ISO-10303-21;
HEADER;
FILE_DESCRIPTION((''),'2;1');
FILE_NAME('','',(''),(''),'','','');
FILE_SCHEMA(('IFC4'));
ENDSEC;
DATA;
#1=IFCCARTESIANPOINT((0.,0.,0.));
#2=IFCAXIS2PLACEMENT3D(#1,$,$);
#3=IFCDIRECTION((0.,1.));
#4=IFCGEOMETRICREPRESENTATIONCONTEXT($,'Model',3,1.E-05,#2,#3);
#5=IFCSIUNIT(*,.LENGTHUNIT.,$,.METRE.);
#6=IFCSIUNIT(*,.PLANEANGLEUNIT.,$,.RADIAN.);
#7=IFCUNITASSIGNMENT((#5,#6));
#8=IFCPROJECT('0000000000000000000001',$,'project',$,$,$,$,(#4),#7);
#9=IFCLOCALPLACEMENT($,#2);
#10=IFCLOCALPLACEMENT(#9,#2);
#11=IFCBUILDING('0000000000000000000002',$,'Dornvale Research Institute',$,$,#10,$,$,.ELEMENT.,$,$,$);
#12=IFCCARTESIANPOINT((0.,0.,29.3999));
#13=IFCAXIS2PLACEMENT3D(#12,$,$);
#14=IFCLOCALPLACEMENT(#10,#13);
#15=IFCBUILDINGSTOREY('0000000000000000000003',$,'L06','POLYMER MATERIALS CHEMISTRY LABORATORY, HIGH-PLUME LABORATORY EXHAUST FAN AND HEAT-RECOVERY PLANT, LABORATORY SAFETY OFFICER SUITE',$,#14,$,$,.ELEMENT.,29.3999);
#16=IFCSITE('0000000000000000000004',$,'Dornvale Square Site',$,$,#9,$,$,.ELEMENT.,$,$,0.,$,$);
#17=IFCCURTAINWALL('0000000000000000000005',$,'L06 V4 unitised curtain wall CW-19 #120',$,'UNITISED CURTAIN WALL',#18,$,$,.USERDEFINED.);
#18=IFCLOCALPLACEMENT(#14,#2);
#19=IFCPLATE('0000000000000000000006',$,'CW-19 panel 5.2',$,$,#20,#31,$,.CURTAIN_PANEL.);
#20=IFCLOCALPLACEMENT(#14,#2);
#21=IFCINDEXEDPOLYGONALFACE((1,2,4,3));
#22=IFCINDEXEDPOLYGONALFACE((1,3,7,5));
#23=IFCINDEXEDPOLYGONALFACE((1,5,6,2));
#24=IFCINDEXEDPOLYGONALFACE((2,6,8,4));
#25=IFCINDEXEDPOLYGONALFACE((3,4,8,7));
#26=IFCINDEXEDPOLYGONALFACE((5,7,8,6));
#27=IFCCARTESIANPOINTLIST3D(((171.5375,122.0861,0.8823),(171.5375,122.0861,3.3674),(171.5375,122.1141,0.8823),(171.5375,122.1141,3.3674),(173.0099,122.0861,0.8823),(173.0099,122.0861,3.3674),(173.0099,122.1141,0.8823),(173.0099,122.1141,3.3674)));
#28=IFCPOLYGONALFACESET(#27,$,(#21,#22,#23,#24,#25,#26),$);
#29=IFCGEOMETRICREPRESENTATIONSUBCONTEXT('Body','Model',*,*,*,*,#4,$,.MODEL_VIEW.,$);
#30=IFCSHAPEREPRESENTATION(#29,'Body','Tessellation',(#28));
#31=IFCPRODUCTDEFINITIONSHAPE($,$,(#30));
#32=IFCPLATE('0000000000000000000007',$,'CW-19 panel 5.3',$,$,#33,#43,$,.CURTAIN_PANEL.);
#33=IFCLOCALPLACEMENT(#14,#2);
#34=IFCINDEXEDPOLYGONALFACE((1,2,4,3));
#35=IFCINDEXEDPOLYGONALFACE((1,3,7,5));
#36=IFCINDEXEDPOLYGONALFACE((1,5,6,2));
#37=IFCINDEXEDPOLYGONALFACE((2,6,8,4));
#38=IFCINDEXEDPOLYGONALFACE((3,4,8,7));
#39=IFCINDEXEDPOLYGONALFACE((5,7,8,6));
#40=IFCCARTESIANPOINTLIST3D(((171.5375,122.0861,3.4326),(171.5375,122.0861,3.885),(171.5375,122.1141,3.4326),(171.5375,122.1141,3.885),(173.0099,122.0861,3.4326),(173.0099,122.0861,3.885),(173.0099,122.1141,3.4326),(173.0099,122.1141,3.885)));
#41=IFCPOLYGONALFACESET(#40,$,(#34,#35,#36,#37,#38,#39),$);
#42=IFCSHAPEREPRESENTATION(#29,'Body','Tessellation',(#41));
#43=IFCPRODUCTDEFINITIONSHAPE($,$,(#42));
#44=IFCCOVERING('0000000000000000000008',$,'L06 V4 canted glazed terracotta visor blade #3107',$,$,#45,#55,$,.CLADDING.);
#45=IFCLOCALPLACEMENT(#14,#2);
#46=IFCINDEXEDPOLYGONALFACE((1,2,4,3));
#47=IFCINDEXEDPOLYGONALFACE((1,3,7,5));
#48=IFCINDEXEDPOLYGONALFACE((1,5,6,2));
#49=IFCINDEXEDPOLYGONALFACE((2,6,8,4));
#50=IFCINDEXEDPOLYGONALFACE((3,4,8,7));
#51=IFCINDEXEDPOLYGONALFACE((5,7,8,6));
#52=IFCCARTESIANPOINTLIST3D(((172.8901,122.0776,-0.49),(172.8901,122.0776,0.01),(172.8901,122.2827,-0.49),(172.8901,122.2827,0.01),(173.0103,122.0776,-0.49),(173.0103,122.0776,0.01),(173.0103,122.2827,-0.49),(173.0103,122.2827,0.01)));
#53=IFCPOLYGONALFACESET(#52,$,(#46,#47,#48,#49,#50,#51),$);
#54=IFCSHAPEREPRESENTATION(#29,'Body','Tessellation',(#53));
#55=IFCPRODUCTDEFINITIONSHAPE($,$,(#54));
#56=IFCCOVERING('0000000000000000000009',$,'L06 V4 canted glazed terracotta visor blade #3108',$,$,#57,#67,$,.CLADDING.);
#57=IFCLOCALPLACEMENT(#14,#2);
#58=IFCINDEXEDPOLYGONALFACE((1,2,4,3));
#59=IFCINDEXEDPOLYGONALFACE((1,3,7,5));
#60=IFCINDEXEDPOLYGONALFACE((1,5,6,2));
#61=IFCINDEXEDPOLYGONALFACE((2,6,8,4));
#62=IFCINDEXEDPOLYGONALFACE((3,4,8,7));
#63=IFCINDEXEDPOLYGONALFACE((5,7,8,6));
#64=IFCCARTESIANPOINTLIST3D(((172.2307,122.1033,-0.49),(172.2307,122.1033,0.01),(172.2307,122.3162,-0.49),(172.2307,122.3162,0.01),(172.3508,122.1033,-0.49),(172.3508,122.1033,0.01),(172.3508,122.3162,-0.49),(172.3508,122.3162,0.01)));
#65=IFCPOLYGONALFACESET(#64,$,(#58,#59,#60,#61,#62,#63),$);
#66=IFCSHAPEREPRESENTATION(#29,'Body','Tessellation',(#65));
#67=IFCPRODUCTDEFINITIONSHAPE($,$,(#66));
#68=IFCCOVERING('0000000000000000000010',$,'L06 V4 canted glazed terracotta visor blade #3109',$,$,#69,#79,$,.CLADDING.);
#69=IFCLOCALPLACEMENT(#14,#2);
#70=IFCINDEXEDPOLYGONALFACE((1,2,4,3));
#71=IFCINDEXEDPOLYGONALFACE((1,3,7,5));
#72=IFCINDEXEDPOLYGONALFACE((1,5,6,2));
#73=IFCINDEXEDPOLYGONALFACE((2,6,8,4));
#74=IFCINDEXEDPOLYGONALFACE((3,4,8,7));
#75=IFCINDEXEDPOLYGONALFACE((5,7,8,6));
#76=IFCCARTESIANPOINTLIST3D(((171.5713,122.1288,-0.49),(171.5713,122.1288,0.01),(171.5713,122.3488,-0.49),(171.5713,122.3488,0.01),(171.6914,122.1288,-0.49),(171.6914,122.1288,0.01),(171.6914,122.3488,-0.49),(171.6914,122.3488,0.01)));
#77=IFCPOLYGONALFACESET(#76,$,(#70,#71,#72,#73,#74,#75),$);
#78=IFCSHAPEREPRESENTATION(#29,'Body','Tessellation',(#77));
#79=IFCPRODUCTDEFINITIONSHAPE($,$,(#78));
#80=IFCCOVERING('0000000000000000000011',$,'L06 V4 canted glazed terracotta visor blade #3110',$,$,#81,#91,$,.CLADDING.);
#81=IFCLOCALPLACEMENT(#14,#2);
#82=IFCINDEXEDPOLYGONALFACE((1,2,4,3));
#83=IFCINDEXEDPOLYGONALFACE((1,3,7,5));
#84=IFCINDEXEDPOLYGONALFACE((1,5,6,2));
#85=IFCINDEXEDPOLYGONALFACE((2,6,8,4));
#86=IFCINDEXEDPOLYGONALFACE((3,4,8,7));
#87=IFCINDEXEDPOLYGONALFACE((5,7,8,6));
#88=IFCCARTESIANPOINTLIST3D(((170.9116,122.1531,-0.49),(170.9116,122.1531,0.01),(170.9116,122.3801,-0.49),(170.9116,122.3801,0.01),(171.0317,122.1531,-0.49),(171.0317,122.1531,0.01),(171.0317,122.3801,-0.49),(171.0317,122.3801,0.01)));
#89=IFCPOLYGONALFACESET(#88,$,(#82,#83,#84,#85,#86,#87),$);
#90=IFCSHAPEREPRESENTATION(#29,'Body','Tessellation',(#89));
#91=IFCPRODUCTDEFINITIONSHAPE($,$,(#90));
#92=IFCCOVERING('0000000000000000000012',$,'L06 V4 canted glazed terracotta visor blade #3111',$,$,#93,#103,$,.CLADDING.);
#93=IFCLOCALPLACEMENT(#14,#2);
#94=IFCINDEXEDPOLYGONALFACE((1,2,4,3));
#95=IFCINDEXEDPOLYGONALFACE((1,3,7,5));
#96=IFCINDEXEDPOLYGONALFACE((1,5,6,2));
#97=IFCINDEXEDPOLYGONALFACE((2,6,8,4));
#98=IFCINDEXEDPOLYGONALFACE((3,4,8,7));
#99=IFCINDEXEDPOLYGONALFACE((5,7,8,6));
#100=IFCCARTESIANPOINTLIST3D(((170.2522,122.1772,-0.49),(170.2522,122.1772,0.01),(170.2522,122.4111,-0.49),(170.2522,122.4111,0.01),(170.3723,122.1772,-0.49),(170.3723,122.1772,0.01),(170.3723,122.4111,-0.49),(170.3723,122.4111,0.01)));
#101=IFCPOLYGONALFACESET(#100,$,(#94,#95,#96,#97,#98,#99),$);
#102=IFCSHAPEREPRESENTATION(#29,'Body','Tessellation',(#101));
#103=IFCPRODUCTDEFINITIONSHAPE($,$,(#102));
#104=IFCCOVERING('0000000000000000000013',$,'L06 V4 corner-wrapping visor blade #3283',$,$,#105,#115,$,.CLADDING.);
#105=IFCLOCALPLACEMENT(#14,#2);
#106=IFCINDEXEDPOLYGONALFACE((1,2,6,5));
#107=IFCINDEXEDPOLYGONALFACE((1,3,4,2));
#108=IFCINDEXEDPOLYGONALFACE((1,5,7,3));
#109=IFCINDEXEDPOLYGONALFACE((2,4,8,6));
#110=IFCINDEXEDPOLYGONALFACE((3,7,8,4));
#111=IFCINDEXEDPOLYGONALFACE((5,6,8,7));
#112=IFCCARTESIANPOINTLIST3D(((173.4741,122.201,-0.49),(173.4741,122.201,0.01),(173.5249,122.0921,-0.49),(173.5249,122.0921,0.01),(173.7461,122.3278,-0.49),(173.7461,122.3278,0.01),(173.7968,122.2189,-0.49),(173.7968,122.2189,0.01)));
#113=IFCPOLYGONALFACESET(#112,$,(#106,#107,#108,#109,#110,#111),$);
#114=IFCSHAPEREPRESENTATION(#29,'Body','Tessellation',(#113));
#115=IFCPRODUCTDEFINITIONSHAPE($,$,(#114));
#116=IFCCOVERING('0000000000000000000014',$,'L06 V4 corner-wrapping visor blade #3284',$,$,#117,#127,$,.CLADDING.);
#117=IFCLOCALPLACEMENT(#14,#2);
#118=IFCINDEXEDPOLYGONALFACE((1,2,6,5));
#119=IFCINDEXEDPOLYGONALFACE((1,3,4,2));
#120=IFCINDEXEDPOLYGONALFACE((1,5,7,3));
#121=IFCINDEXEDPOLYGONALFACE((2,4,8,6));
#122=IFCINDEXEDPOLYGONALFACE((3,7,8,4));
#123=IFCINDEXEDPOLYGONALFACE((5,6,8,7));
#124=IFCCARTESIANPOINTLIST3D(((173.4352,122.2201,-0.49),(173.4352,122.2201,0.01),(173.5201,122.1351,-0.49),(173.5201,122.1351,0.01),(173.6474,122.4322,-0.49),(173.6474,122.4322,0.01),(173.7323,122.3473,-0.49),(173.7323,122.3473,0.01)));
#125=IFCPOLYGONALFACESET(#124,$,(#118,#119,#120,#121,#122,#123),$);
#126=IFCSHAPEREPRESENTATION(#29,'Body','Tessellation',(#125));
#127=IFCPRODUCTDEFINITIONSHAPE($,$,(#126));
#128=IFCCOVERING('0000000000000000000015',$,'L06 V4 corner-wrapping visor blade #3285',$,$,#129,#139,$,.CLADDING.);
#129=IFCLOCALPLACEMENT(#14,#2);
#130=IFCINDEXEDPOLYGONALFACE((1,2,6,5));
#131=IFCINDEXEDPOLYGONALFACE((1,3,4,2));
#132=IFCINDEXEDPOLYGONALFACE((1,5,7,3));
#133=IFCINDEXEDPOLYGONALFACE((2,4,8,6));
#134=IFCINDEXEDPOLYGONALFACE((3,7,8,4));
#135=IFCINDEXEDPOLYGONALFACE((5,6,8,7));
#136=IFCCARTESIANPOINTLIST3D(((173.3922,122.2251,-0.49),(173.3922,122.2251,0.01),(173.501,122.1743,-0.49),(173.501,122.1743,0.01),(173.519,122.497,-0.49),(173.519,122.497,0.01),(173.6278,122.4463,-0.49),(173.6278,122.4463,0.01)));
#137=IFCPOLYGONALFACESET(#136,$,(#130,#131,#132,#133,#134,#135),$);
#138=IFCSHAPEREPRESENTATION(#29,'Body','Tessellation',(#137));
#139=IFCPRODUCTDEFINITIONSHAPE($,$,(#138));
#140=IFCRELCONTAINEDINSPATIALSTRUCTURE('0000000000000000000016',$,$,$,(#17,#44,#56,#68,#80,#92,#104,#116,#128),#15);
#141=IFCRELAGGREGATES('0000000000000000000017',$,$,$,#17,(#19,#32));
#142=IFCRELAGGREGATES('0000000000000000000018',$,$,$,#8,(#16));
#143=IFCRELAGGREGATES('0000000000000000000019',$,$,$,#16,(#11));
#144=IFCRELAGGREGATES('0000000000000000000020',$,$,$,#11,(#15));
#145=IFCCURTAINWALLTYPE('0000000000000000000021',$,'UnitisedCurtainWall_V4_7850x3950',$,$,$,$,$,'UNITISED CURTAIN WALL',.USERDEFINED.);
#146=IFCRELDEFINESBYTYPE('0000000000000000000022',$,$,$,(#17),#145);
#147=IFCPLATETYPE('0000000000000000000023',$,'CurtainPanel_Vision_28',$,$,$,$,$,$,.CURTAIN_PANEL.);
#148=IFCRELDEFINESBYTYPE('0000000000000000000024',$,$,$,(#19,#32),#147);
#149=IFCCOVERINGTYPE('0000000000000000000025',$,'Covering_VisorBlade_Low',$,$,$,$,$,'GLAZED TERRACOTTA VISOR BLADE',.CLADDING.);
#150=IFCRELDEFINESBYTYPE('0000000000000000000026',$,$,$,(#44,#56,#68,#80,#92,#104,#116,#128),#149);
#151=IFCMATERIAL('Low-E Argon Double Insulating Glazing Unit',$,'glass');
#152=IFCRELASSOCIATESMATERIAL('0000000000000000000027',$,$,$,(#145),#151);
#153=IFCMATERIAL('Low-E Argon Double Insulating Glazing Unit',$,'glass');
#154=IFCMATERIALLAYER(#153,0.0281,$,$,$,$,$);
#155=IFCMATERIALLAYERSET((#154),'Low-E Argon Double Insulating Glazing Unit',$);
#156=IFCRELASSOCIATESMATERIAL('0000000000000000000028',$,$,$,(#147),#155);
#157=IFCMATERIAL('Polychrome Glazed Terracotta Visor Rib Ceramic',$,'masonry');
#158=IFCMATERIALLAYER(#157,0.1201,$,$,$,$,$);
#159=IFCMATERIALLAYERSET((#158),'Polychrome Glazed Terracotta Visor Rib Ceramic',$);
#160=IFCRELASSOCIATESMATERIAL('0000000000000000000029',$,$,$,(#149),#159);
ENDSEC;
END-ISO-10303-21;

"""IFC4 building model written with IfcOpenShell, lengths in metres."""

from ifc_helpers import new_model, si_unit, direction, frame, origin, origin_2d, place, context, subcontext, project, spatial, rectangle, extrude, material, layer, layer_set, type_object, element, aggregate, save


model = new_model("IFC4")

# Units and contexts
model_context = context("Model", 3, precision=1e-05, world=origin(), true_north=direction((0.0, 1.0)))
body_context = subcontext(model_context, "Body", "Model", "MODEL_VIEW")
ifc_project = project(units=[si_unit("LENGTHUNIT", "METRE"), si_unit("PLANEANGLEUNIT", "RADIAN")], contexts=[model_context])

# Site, building, storey
site_placement = place(None, origin())
site = spatial("IfcSite", under=ifc_project, at=site_placement, Name="Dornvale Square Site", CompositionType="ELEMENT", RefElevation=0.0)
building_placement = place(site_placement, origin())
building = spatial("IfcBuilding", under=site, at=building_placement, Name="Dornvale Research Institute", CompositionType="ELEMENT")
storey_placement = place(building_placement, frame((0.0, 0.0, 29.3999)))
storey = spatial("IfcBuildingStorey", under=building, at=storey_placement, Name="L06", Description="POLYMER MATERIALS CHEMISTRY LABORATORY, HIGH-PLUME LABORATORY EXHAUST FAN AND HEAT-RECOVERY PLANT, LABORATORY SAFETY OFFICER SUITE", CompositionType="ELEMENT", Elevation=29.3999)

# Curtain wall, plates
ifc_material_1 = material(Name="Low-E Argon Double Insulating Glazing Unit", Category="glass")
curtain_wall_type = type_object("IfcCurtainWallType", Name="UnitisedCurtainWall_V4_7850x3950", ElementType="UNITISED CURTAIN WALL", PredefinedType="USERDEFINED", material=ifc_material_1)
curtain_wall_placement = place(storey_placement, origin())
curtain_wall = element("IfcCurtainWall", 1, at=curtain_wall_placement, inside=storey, type_object=curtain_wall_type, Name="L06 V4 unitised curtain wall CW-19 #120", ObjectType="UNITISED CURTAIN WALL", PredefinedType="USERDEFINED")
ifc_material_2 = material(Name="Low-E Argon Double Insulating Glazing Unit", Category="glass")
ifc_layer_1 = layer(ifc_material_2, 0.0281)
ifc_layer_set_1 = layer_set([ifc_layer_1], Name="Low-E Argon Double Insulating Glazing Unit")
plate_type_1 = type_object("IfcPlateType", Name="CurtainPanel_Vision_28", PredefinedType="CURTAIN_PANEL", material=ifc_layer_set_1)
plate_1_placement = place(storey_placement, frame((172.2737, 122.1001, 0.8823), z_axis=(0.0, 0.0, 1.0), x_axis=(1.0, 0.0, 0.0)))
plate_1 = element("IfcPlate", 2, at=plate_1_placement, type_object=plate_type_1, Name="CW-19 panel 5.2", PredefinedType="CURTAIN_PANEL", context=body_context, shape_type="SweptSolid", body=[
    extrude(rectangle(XDim=1.4724, YDim=0.0281, at=origin_2d()), origin(), (0.0, 0.0, 1.0), 2.4851),
])
plate_2_placement = place(storey_placement, frame((172.2737, 122.1001, 3.4326), z_axis=(0.0, 0.0, 1.0), x_axis=(1.0, 0.0, 0.0)))
plate_2 = element("IfcPlate", 3, at=plate_2_placement, type_object=plate_type_1, Name="CW-19 panel 5.3", PredefinedType="CURTAIN_PANEL", context=body_context, shape_type="SweptSolid", body=[
    extrude(rectangle(XDim=1.4724, YDim=0.0281, at=origin_2d()), origin(), (0.0, 0.0, 1.0), 0.4524),
])
aggregate(curtain_wall, [plate_1, plate_2])

# Coverings
ifc_material_3 = material(Name="Polychrome Glazed Terracotta Visor Rib Ceramic", Category="masonry")
ifc_layer_2 = layer(ifc_material_3, 0.1201)
ifc_layer_set_2 = layer_set([ifc_layer_2], Name="Polychrome Glazed Terracotta Visor Rib Ceramic")
covering_type = type_object("IfcCoveringType", Name="Covering_VisorBlade_Low", ElementType="GLAZED TERRACOTTA VISOR BLADE", PredefinedType="CLADDING", material=ifc_layer_set_2)
covering_1_placement = place(storey_placement, frame((172.9502, 122.1802, -0.49), z_axis=(0.0, 0.0, 1.0), x_axis=(0.0, 1.0, 0.0)))
element("IfcCovering", 4, at=covering_1_placement, inside=storey, type_object=covering_type, Name="L06 V4 canted glazed terracotta visor blade #3107", PredefinedType="CLADDING", context=body_context, shape_type="SweptSolid", body=[
    extrude(rectangle(XDim=0.2051, YDim=0.1201, at=origin_2d()), origin(), (0.0, 0.0, 1.0), 0.5),
])
covering_2_placement = place(storey_placement, frame((172.2908, 122.2097, -0.49), z_axis=(0.0, 0.0, 1.0), x_axis=(0.0, 1.0, 0.0)))
element("IfcCovering", 5, at=covering_2_placement, inside=storey, type_object=covering_type, Name="L06 V4 canted glazed terracotta visor blade #3108", PredefinedType="CLADDING", context=body_context, shape_type="SweptSolid", body=[
    extrude(rectangle(XDim=0.2129, YDim=0.1201, at=origin_2d()), origin(), (0.0, 0.0, 1.0), 0.5),
])
covering_3_placement = place(storey_placement, frame((171.6313, 122.2388, -0.49), z_axis=(0.0, 0.0, 1.0), x_axis=(0.0, 1.0, 0.0)))
element("IfcCovering", 6, at=covering_3_placement, inside=storey, type_object=covering_type, Name="L06 V4 canted glazed terracotta visor blade #3109", PredefinedType="CLADDING", context=body_context, shape_type="SweptSolid", body=[
    extrude(rectangle(XDim=0.22, YDim=0.1201, at=origin_2d()), origin(), (0.0, 0.0, 1.0), 0.5),
])
covering_4_placement = place(storey_placement, frame((170.9717, 122.2666, -0.49), z_axis=(0.0, 0.0, 1.0), x_axis=(0.0, 1.0, 0.0)))
element("IfcCovering", 7, at=covering_4_placement, inside=storey, type_object=covering_type, Name="L06 V4 canted glazed terracotta visor blade #3110", PredefinedType="CLADDING", context=body_context, shape_type="SweptSolid", body=[
    extrude(rectangle(XDim=0.2271, YDim=0.1201, at=origin_2d()), origin(), (0.0, 0.0, 1.0), 0.5),
])
covering_5_placement = place(storey_placement, frame((170.3123, 122.2942, -0.49), z_axis=(0.0, 0.0, 1.0), x_axis=(0.0, 1.0, 0.0)))
element("IfcCovering", 8, at=covering_5_placement, inside=storey, type_object=covering_type, Name="L06 V4 canted glazed terracotta visor blade #3111", PredefinedType="CLADDING", context=body_context, shape_type="SweptSolid", body=[
    extrude(rectangle(XDim=0.2339, YDim=0.1201, at=origin_2d()), origin(), (0.0, 0.0, 1.0), 0.5),
])
for number, where, z_axis, x_axis, name in (
    (9, (173.6355, 122.21, -0.49), (0.0, 0.0, 1.0), (0.906308, 0.422618, 0.0), "L06 V4 corner-wrapping visor blade #3283"),
    (10, (173.5837, 122.2837, -0.49), (0.0, 0.0, 1.0), (0.707107, 0.707107, 0.0), "L06 V4 corner-wrapping visor blade #3284"),
    (11, (173.51, 122.3357, -0.49), (0.0, 0.0, 1.0), (0.422618, 0.906308, 0.0), "L06 V4 corner-wrapping visor blade #3285"),
):
    element("IfcCovering", number, at=place(storey_placement, frame(where, z_axis=z_axis, x_axis=x_axis)), inside=storey, type_object=covering_type, Name=name, PredefinedType="CLADDING", context=body_context, shape_type="SweptSolid", body=[
        extrude(rectangle(XDim=0.3, YDim=0.1201, at=origin_2d()), origin(), (0.0, 0.0, 1.0), 0.5),
    ])

save(model, "model.ifc")
